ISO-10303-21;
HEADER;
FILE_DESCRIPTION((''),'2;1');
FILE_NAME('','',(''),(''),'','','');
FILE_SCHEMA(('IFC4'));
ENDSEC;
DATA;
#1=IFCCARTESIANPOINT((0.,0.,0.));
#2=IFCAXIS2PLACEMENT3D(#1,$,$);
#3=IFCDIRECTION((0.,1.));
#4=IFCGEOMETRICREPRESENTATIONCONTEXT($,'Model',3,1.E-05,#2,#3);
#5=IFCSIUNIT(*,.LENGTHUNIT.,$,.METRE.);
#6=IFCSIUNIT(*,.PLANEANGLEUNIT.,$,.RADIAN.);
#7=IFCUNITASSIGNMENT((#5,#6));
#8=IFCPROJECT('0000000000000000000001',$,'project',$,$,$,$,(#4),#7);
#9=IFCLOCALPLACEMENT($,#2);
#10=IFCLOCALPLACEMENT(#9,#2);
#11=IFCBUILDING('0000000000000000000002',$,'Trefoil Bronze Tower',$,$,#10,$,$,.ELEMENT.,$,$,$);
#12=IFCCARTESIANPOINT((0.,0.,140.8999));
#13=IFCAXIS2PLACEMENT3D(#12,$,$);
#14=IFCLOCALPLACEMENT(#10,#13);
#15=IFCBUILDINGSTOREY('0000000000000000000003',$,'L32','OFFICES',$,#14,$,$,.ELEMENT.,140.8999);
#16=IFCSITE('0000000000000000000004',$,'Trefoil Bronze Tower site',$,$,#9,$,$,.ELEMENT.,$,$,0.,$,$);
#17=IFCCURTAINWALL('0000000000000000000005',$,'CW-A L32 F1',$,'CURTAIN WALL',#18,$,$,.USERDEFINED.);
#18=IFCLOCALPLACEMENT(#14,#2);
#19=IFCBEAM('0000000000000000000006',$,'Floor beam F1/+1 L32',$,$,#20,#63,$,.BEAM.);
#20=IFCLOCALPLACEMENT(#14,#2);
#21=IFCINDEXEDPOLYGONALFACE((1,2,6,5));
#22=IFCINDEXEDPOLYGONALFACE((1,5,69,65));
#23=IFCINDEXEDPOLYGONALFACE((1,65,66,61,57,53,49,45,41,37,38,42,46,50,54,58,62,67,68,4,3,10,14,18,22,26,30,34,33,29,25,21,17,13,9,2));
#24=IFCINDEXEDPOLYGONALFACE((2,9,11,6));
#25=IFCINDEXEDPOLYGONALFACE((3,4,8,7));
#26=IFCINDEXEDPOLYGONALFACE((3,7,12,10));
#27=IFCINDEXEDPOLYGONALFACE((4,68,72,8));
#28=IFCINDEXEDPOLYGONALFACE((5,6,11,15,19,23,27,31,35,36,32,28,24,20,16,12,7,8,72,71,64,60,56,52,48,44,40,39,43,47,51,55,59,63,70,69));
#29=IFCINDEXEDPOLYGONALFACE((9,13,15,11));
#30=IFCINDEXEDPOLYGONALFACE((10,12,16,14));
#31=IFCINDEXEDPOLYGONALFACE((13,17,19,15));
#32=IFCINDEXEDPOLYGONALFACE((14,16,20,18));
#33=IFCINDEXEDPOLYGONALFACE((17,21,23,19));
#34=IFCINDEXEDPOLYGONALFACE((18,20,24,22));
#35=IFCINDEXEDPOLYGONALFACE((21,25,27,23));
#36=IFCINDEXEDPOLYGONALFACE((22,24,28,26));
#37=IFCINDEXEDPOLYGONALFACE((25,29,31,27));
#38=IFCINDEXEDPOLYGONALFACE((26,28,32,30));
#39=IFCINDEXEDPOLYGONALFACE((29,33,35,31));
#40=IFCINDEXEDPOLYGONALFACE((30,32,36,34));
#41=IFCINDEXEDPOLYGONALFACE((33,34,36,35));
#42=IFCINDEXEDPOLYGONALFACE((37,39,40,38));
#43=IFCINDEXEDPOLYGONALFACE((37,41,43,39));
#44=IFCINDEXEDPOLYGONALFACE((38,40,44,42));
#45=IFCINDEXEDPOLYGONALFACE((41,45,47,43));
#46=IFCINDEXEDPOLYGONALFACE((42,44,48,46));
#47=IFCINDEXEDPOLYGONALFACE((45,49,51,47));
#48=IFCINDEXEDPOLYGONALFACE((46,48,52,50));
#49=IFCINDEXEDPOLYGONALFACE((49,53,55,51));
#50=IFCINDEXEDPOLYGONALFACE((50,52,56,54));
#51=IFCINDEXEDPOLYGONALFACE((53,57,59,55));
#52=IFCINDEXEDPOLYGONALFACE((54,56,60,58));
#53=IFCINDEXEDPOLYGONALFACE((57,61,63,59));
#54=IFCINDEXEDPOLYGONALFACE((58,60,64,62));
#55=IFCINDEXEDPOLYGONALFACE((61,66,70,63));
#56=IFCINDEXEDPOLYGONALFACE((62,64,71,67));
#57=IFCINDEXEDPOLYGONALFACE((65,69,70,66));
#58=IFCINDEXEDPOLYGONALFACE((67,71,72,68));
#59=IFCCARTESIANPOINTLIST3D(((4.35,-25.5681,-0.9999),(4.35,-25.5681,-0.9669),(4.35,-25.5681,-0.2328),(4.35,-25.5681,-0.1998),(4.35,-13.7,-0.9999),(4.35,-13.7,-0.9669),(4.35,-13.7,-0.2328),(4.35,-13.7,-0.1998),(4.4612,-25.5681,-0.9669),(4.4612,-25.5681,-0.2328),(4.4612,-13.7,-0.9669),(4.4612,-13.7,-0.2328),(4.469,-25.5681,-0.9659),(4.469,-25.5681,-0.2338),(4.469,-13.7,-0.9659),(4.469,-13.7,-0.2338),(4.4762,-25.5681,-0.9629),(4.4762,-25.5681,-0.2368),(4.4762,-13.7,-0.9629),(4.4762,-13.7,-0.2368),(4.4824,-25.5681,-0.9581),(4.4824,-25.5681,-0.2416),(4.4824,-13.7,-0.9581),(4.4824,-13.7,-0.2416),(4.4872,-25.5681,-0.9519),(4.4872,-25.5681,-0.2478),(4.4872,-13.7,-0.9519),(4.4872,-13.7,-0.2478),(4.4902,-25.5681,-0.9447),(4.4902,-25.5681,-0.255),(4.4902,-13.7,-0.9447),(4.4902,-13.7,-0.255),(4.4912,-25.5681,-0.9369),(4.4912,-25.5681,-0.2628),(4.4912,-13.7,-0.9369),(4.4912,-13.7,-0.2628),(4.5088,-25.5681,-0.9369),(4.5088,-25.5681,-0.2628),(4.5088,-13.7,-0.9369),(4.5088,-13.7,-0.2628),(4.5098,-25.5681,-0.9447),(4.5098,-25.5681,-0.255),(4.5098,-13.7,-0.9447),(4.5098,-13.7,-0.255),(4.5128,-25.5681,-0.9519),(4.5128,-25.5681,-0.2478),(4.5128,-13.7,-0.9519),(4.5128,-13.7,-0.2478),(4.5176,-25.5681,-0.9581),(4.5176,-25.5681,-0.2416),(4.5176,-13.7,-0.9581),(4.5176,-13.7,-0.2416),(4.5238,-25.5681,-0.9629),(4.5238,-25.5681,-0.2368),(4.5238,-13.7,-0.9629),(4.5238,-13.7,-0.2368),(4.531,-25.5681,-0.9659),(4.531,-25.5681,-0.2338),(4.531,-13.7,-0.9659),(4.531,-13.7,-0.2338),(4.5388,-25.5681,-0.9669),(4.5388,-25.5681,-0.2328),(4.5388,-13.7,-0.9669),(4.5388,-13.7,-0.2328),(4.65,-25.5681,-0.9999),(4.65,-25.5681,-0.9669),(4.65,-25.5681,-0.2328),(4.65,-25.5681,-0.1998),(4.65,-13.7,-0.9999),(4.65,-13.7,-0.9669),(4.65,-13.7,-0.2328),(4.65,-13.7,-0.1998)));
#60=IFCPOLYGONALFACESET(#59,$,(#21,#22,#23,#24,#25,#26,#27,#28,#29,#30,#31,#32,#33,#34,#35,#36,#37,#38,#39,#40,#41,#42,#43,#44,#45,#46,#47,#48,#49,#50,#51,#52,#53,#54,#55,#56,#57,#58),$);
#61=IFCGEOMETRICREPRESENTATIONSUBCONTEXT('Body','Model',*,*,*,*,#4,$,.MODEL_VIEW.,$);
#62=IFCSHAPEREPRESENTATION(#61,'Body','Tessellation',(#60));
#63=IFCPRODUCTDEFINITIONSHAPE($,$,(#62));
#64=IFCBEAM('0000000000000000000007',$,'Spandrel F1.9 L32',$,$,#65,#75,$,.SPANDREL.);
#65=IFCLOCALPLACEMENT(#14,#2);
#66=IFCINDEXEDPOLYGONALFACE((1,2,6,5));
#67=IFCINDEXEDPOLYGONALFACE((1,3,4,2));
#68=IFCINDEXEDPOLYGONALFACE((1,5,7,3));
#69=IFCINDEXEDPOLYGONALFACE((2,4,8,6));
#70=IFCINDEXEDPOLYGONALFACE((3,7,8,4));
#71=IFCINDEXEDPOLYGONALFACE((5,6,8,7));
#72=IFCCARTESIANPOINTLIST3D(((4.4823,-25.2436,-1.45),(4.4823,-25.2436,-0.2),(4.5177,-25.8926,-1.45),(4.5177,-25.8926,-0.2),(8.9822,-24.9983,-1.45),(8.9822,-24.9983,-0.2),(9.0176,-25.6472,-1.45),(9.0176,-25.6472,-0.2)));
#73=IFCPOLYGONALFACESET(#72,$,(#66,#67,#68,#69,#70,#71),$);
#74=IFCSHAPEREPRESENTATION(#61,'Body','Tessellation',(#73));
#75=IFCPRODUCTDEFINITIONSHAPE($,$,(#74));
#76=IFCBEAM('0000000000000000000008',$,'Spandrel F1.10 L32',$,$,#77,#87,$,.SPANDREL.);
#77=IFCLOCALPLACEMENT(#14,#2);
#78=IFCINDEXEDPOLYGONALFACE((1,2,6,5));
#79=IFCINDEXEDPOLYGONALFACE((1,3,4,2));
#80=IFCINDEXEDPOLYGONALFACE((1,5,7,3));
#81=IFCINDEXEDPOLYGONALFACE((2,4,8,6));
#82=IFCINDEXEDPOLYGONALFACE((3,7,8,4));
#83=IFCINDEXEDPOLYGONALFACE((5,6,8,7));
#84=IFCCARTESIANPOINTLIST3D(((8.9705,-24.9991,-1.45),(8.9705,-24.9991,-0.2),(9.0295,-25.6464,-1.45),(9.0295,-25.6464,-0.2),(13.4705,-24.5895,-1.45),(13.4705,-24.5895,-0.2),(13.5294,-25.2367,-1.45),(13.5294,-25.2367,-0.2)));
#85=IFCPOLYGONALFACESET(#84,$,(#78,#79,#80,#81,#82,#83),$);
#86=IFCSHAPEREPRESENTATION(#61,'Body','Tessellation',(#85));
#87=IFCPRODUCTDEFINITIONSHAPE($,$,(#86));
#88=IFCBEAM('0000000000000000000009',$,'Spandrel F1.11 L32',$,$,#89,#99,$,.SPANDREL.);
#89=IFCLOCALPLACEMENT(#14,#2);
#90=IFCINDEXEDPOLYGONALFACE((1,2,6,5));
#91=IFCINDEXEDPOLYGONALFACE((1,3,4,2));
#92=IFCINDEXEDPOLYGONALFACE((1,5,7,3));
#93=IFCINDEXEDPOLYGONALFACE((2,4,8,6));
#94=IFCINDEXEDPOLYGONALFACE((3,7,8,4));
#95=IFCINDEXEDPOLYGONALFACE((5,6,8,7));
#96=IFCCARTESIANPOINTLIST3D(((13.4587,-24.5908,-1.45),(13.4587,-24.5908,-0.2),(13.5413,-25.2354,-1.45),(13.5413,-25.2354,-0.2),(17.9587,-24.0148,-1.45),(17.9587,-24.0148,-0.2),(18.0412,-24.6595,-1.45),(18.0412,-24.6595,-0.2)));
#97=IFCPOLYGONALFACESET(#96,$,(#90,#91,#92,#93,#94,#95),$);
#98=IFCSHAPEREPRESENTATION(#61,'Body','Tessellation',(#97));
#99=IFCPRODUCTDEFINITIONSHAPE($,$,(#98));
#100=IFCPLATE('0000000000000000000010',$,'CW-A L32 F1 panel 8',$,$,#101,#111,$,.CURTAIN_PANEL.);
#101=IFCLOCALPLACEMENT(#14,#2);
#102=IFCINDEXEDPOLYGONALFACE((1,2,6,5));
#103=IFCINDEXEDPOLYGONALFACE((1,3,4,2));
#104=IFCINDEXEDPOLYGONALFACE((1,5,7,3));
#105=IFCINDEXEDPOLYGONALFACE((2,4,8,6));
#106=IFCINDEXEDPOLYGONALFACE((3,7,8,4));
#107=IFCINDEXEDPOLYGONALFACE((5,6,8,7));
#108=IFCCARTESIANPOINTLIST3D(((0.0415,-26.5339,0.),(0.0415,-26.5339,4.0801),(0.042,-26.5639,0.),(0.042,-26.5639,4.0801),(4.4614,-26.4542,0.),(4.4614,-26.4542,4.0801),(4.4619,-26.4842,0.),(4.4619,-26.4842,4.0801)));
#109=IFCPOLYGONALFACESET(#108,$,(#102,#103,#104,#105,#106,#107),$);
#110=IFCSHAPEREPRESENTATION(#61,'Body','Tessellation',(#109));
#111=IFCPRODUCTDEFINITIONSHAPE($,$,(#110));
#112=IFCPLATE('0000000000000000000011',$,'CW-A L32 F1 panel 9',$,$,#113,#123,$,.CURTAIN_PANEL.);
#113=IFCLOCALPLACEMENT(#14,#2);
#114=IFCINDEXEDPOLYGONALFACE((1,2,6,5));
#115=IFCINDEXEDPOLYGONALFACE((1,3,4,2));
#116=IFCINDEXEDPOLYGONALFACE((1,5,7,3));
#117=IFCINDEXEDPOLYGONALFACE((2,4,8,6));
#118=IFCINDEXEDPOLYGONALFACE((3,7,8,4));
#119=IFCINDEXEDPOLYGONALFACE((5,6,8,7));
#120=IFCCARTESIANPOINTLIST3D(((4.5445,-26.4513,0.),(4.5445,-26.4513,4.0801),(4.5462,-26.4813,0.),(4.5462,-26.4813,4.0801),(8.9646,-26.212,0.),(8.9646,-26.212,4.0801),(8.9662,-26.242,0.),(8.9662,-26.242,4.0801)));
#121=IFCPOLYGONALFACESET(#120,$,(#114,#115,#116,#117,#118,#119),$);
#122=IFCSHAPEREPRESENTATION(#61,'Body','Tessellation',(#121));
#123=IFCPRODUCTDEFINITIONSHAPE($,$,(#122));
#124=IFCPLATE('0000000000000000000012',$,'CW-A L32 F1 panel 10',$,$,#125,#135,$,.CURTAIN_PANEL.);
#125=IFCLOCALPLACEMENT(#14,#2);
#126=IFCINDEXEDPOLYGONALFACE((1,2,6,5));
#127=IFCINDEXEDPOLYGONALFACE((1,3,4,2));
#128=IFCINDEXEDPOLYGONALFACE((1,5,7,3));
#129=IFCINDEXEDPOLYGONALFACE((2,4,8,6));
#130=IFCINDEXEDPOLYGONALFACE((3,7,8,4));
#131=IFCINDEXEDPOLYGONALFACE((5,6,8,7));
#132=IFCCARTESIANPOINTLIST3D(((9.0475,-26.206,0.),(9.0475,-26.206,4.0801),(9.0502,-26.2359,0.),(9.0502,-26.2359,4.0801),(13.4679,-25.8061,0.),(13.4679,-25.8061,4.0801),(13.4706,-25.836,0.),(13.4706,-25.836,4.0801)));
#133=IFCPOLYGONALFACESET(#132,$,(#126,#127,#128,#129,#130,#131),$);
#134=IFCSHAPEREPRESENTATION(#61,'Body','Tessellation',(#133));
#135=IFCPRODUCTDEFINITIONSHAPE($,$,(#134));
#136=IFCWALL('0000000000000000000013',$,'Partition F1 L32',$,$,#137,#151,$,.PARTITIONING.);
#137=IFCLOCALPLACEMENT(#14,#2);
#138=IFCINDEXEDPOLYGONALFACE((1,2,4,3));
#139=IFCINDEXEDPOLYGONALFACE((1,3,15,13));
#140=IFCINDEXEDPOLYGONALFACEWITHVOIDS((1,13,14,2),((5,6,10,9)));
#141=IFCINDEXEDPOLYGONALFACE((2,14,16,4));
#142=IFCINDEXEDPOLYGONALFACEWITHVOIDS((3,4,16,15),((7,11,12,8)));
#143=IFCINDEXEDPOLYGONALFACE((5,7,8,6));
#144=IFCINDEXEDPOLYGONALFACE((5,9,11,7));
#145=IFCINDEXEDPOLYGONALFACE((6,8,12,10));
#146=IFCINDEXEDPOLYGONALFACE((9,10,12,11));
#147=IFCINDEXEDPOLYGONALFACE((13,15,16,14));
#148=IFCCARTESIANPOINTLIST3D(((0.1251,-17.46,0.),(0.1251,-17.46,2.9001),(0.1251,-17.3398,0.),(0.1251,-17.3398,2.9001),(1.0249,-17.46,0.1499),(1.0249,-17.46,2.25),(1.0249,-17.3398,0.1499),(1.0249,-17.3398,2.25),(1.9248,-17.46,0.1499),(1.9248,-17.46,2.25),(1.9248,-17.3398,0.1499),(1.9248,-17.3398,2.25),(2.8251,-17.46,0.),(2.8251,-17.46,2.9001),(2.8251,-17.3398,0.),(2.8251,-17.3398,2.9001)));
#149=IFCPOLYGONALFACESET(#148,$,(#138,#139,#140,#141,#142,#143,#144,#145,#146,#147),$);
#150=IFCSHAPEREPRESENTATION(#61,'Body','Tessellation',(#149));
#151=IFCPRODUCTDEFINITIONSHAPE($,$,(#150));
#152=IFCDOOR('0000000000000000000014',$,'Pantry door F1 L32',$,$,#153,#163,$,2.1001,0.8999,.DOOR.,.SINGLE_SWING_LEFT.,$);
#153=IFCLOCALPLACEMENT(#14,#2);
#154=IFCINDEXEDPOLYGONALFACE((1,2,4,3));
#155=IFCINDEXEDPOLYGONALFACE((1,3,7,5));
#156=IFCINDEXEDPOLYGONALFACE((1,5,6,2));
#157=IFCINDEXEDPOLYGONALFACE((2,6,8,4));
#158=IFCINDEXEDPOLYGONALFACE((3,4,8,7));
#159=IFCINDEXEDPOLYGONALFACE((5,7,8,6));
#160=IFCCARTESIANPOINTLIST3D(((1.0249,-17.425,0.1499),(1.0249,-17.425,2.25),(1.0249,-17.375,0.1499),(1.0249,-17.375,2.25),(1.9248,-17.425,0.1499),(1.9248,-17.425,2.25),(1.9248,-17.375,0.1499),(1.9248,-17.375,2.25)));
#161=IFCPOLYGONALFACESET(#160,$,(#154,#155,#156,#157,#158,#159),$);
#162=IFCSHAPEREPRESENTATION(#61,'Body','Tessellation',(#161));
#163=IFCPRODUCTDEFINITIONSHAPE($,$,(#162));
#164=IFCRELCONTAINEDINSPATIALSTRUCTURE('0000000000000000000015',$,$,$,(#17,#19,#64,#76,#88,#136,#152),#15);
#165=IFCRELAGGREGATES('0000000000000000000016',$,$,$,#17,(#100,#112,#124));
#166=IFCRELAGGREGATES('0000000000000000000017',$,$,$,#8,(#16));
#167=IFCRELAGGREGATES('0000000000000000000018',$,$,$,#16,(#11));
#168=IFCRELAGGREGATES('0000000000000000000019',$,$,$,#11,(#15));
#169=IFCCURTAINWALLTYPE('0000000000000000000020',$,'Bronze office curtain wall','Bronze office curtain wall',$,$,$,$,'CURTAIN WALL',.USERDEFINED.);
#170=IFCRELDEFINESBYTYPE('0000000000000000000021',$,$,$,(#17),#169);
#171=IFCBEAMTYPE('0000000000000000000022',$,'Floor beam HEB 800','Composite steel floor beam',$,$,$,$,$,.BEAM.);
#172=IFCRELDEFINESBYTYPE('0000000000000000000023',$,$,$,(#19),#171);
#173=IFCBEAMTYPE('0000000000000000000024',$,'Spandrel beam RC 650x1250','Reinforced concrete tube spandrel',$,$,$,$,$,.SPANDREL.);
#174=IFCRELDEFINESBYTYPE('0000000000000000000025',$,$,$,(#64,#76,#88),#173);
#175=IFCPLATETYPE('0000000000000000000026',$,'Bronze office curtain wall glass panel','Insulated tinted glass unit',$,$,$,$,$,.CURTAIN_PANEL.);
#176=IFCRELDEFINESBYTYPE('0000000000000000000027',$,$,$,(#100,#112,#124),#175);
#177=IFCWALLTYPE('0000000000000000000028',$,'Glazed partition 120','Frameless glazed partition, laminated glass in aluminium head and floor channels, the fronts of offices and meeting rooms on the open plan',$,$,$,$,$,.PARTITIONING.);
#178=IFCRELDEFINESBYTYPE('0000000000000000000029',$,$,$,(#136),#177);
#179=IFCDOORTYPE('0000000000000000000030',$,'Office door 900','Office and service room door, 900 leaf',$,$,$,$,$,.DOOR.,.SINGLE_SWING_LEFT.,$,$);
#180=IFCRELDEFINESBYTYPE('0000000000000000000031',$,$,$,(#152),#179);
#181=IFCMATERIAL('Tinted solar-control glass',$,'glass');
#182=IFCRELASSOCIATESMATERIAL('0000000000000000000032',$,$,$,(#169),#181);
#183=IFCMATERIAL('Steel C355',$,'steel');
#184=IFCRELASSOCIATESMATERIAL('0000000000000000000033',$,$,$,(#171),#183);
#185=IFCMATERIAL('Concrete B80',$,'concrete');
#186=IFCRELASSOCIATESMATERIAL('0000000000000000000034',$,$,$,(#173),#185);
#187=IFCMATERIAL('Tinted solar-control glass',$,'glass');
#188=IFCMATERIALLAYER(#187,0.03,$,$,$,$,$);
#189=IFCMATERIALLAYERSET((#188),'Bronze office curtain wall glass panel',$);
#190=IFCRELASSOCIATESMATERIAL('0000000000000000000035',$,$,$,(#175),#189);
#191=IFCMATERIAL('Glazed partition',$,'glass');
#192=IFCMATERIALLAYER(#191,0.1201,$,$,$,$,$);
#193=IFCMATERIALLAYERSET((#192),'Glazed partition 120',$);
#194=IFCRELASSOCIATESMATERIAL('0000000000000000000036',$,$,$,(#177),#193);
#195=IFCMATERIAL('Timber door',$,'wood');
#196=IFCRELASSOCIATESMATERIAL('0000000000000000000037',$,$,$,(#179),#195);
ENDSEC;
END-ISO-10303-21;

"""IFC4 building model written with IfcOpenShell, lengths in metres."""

from ifc_helpers import new_model, si_unit, direction, frame, frame_2d, origin, origin_2d, place, context, subcontext, project, spatial, rectangle, i_section, extrude, material, layer, layer_set, material_profile, profile_set, type_object, element, fill, aggregate, save


model = new_model("IFC4")

# Units and contexts
model_context = context("Model", 3, precision=1e-05, world=origin(), true_north=direction((0.0, 1.0)))
body_context = subcontext(model_context, "Body", "Model", "MODEL_VIEW")
ifc_project = project(units=[si_unit("LENGTHUNIT", "METRE"), si_unit("PLANEANGLEUNIT", "RADIAN")], contexts=[model_context])

# Site, building, storey
site_placement = place(None, origin())
site = spatial("IfcSite", under=ifc_project, at=site_placement, Name="Trefoil Bronze Tower site", CompositionType="ELEMENT", RefElevation=0.0)
building_placement = place(site_placement, origin())
building = spatial("IfcBuilding", under=site, at=building_placement, Name="Trefoil Bronze Tower", CompositionType="ELEMENT")
storey_placement = place(building_placement, frame((0.0, 0.0, 140.8999)))
storey = spatial("IfcBuildingStorey", under=building, at=storey_placement, Name="L32", Description="OFFICES", CompositionType="ELEMENT", Elevation=140.8999)

# Curtain wall
ifc_material_1 = material(Name="Tinted solar-control glass", Category="glass")
curtain_wall_type = type_object("IfcCurtainWallType", Name="Bronze office curtain wall", Description="Bronze office curtain wall", ElementType="CURTAIN WALL", PredefinedType="USERDEFINED", material=ifc_material_1)
curtain_wall_placement = place(storey_placement, origin())
curtain_wall = element("IfcCurtainWall", 1, at=curtain_wall_placement, inside=storey, type_object=curtain_wall_type, Name="CW-A L32 F1", ObjectType="CURTAIN WALL", PredefinedType="USERDEFINED")

# Beams
ifc_material_2 = material(Name="Steel C355", Category="steel")
ifc_material_profile_1 = material_profile(ifc_material_2, i_section(OverallWidth=0.3, OverallDepth=0.8, WebThickness=0.0176, FlangeThickness=0.033, FilletRadius=0.03, at=origin_2d()), Name="HEB 800")
ifc_profile_set_1 = profile_set([ifc_material_profile_1], Name="Steel C355")
beam_type_1 = type_object("IfcBeamType", Name="Floor beam HEB 800", Description="Composite steel floor beam", PredefinedType="BEAM", material=ifc_profile_set_1)
beam_1_placement = place(storey_placement, frame((4.5, -25.5681, -0.5999), z_axis=(0.0, 1.0, 0.0), x_axis=(-1.0, 0.0, 0.0)))
element("IfcBeam", 2, at=beam_1_placement, inside=storey, type_object=beam_type_1, Name="Floor beam F1/+1 L32", PredefinedType="BEAM", context=body_context, shape_type="SweptSolid", body=[
    extrude(i_section(OverallWidth=0.3, OverallDepth=0.8, WebThickness=0.0176, FlangeThickness=0.033, FilletRadius=0.03, at=origin_2d()), origin(), (0.0, 0.0, 1.0), 11.8682),
])
ifc_material_3 = material(Name="Concrete B80", Category="concrete")
ifc_material_profile_2 = material_profile(ifc_material_3, rectangle(XDim=0.6499, YDim=1.25, at=origin_2d()), Name="RC 650x1250")
ifc_profile_set_2 = profile_set([ifc_material_profile_2], Name="Concrete B80")
beam_type_2 = type_object("IfcBeamType", Name="Spandrel beam RC 650x1250", Description="Reinforced concrete tube spandrel", PredefinedType="SPANDREL", material=ifc_profile_set_2)
beam_2_placement = place(storey_placement, frame((4.5, -25.5681, -0.825), z_axis=(0.998517, 0.054444, 0.0), x_axis=(-0.054444, 0.998517, 0.0)))
element("IfcBeam", 3, at=beam_2_placement, inside=storey, type_object=beam_type_2, Name="Spandrel F1.9 L32", PredefinedType="SPANDREL", context=body_context, shape_type="SweptSolid", body=[
    extrude(rectangle(XDim=0.6499, YDim=1.25, at=origin_2d()), origin(), (0.0, 0.0, 1.0), 4.5066),
])
beam_3_placement = place(storey_placement, frame((9.0, -25.3228, -0.825), z_axis=(0.995882, 0.090662, 0.0), x_axis=(-0.090662, 0.995882, 0.0)))
element("IfcBeam", 4, at=beam_3_placement, inside=storey, type_object=beam_type_2, Name="Spandrel F1.10 L32", PredefinedType="SPANDREL", context=body_context, shape_type="SweptSolid", body=[
    extrude(rectangle(XDim=0.6499, YDim=1.25, at=origin_2d()), origin(), (0.0, 0.0, 1.0), 4.5186),
])
beam_4_placement = place(storey_placement, frame((13.5, -24.9131, -0.825), z_axis=(0.991909, 0.126948, 0.0), x_axis=(-0.126948, 0.991909, 0.0)))
element("IfcBeam", 5, at=beam_4_placement, inside=storey, type_object=beam_type_2, Name="Spandrel F1.11 L32", PredefinedType="SPANDREL", context=body_context, shape_type="SweptSolid", body=[
    extrude(rectangle(XDim=0.6499, YDim=1.25, at=origin_2d()), origin(), (0.0, 0.0, 1.0), 4.5366),
])

# Plates
ifc_material_4 = material(Name="Tinted solar-control glass", Category="glass")
ifc_layer_1 = layer(ifc_material_4, 0.03)
ifc_layer_set_1 = layer_set([ifc_layer_1], Name="Bronze office curtain wall glass panel")
plate_type = type_object("IfcPlateType", Name="Bronze office curtain wall glass panel", Description="Insulated tinted glass unit", PredefinedType="CURTAIN_PANEL", material=ifc_layer_set_1)
plate_1_placement = place(storey_placement, frame((2.2517, -26.509, 0.0), z_axis=(0.0, 0.0, 1.0), x_axis=(0.999838, 0.018021, 0.0)))
plate_1 = element("IfcPlate", 6, at=plate_1_placement, type_object=plate_type, Name="CW-A L32 F1 panel 8", PredefinedType="CURTAIN_PANEL", context=body_context, shape_type="SweptSolid", body=[
    extrude(rectangle(XDim=4.4207, YDim=0.03, at=origin_2d()), origin(), (0.0, 0.0, 1.0), 4.0801),
])
plate_2_placement = place(storey_placement, frame((6.7554, -26.3467, 0.0), z_axis=(0.0, 0.0, 1.0), x_axis=(0.998538, 0.054063, 0.0)))
plate_2 = element("IfcPlate", 7, at=plate_2_placement, type_object=plate_type, Name="CW-A L32 F1 panel 9", PredefinedType="CURTAIN_PANEL", context=body_context, shape_type="SweptSolid", body=[
    extrude(rectangle(XDim=4.4265, YDim=0.03, at=origin_2d()), origin(), (0.0, 0.0, 1.0), 4.0801),
])
plate_3_placement = place(storey_placement, frame((11.259, -26.021, 0.0), z_axis=(0.0, 0.0, 1.0), x_axis=(0.995932, 0.090105, 0.0)))
plate_3 = element("IfcPlate", 8, at=plate_3_placement, type_object=plate_type, Name="CW-A L32 F1 panel 10", PredefinedType="CURTAIN_PANEL", context=body_context, shape_type="SweptSolid", body=[
    extrude(rectangle(XDim=4.4385, YDim=0.03, at=origin_2d()), origin(), (0.0, 0.0, 1.0), 4.0801),
])
aggregate(curtain_wall, [plate_1, plate_2, plate_3])

# Wall, opening, door
ifc_material_5 = material(Name="Glazed partition", Category="glass")
ifc_layer_2 = layer(ifc_material_5, 0.1201)
ifc_layer_set_2 = layer_set([ifc_layer_2], Name="Glazed partition 120")
wall_type_1 = type_object("IfcWallType", Name="Glazed partition 120", Description="Frameless glazed partition, laminated glass in aluminium head and floor channels, the fronts of offices and meeting rooms on the open plan", PredefinedType="PARTITIONING", material=ifc_layer_set_2)
wall_1_placement = place(storey_placement, frame((0.125, -17.3999, 0.0), z_axis=(0.0, 0.0, 1.0), x_axis=(1.0, 0.0, 0.0)))
wall_1 = element("IfcWall", 9, at=wall_1_placement, inside=storey, type_object=wall_type_1, Name="Partition F1 L32", PredefinedType="PARTITIONING", context=body_context, shape_type="SweptSolid", body=[
    extrude(rectangle(XDim=2.7, YDim=0.1201, at=frame_2d((1.3501, 0.0))), origin(), (0.0, 0.0, 1.0), 2.9001),
])
opening_1_placement = place(wall_1_placement, frame((0.8999, 0.0, 0.1499)))
opening_1 = element("IfcOpeningElement", 10, at=opening_1_placement, cuts=wall_1, PredefinedType="OPENING", context=body_context, shape_type="SweptSolid", body=[
    extrude(rectangle(XDim=0.8999, YDim=2.1001, at=frame_2d((0.45, 1.05))), frame((0.0, 0.0701, 0.0), z_axis=(0.0, -1.0, 0.0), x_axis=(1.0, 0.0, 0.0)), (0.0, 0.0, 1.0), 0.1401),
])
ifc_material_6 = material(Name="Timber door", Category="wood")
door_type_1 = type_object("IfcDoorType", Name="Office door 900", Description="Office and service room door, 900 leaf", OperationType="SINGLE_SWING_LEFT", PredefinedType="DOOR", material=ifc_material_6)
door_1_placement = place(opening_1_placement, origin())
door_1 = element("IfcDoor", 11, at=door_1_placement, inside=storey, type_object=door_type_1, Name="Pantry door F1 L32", OperationType="SINGLE_SWING_LEFT", OverallHeight=2.1001, OverallWidth=0.8999, PredefinedType="DOOR", context=body_context, shape_type="SweptSolid", body=[
    extrude(rectangle(XDim=0.8999, YDim=2.1001, at=frame_2d((0.45, 1.05))), frame((0.0, 0.0249, 0.0), z_axis=(0.0, -1.0, 0.0), x_axis=(1.0, 0.0, 0.0)), (0.0, 0.0, 1.0), 0.05),
])
fill(opening_1, door_1)

save(model, "model.ifc")
